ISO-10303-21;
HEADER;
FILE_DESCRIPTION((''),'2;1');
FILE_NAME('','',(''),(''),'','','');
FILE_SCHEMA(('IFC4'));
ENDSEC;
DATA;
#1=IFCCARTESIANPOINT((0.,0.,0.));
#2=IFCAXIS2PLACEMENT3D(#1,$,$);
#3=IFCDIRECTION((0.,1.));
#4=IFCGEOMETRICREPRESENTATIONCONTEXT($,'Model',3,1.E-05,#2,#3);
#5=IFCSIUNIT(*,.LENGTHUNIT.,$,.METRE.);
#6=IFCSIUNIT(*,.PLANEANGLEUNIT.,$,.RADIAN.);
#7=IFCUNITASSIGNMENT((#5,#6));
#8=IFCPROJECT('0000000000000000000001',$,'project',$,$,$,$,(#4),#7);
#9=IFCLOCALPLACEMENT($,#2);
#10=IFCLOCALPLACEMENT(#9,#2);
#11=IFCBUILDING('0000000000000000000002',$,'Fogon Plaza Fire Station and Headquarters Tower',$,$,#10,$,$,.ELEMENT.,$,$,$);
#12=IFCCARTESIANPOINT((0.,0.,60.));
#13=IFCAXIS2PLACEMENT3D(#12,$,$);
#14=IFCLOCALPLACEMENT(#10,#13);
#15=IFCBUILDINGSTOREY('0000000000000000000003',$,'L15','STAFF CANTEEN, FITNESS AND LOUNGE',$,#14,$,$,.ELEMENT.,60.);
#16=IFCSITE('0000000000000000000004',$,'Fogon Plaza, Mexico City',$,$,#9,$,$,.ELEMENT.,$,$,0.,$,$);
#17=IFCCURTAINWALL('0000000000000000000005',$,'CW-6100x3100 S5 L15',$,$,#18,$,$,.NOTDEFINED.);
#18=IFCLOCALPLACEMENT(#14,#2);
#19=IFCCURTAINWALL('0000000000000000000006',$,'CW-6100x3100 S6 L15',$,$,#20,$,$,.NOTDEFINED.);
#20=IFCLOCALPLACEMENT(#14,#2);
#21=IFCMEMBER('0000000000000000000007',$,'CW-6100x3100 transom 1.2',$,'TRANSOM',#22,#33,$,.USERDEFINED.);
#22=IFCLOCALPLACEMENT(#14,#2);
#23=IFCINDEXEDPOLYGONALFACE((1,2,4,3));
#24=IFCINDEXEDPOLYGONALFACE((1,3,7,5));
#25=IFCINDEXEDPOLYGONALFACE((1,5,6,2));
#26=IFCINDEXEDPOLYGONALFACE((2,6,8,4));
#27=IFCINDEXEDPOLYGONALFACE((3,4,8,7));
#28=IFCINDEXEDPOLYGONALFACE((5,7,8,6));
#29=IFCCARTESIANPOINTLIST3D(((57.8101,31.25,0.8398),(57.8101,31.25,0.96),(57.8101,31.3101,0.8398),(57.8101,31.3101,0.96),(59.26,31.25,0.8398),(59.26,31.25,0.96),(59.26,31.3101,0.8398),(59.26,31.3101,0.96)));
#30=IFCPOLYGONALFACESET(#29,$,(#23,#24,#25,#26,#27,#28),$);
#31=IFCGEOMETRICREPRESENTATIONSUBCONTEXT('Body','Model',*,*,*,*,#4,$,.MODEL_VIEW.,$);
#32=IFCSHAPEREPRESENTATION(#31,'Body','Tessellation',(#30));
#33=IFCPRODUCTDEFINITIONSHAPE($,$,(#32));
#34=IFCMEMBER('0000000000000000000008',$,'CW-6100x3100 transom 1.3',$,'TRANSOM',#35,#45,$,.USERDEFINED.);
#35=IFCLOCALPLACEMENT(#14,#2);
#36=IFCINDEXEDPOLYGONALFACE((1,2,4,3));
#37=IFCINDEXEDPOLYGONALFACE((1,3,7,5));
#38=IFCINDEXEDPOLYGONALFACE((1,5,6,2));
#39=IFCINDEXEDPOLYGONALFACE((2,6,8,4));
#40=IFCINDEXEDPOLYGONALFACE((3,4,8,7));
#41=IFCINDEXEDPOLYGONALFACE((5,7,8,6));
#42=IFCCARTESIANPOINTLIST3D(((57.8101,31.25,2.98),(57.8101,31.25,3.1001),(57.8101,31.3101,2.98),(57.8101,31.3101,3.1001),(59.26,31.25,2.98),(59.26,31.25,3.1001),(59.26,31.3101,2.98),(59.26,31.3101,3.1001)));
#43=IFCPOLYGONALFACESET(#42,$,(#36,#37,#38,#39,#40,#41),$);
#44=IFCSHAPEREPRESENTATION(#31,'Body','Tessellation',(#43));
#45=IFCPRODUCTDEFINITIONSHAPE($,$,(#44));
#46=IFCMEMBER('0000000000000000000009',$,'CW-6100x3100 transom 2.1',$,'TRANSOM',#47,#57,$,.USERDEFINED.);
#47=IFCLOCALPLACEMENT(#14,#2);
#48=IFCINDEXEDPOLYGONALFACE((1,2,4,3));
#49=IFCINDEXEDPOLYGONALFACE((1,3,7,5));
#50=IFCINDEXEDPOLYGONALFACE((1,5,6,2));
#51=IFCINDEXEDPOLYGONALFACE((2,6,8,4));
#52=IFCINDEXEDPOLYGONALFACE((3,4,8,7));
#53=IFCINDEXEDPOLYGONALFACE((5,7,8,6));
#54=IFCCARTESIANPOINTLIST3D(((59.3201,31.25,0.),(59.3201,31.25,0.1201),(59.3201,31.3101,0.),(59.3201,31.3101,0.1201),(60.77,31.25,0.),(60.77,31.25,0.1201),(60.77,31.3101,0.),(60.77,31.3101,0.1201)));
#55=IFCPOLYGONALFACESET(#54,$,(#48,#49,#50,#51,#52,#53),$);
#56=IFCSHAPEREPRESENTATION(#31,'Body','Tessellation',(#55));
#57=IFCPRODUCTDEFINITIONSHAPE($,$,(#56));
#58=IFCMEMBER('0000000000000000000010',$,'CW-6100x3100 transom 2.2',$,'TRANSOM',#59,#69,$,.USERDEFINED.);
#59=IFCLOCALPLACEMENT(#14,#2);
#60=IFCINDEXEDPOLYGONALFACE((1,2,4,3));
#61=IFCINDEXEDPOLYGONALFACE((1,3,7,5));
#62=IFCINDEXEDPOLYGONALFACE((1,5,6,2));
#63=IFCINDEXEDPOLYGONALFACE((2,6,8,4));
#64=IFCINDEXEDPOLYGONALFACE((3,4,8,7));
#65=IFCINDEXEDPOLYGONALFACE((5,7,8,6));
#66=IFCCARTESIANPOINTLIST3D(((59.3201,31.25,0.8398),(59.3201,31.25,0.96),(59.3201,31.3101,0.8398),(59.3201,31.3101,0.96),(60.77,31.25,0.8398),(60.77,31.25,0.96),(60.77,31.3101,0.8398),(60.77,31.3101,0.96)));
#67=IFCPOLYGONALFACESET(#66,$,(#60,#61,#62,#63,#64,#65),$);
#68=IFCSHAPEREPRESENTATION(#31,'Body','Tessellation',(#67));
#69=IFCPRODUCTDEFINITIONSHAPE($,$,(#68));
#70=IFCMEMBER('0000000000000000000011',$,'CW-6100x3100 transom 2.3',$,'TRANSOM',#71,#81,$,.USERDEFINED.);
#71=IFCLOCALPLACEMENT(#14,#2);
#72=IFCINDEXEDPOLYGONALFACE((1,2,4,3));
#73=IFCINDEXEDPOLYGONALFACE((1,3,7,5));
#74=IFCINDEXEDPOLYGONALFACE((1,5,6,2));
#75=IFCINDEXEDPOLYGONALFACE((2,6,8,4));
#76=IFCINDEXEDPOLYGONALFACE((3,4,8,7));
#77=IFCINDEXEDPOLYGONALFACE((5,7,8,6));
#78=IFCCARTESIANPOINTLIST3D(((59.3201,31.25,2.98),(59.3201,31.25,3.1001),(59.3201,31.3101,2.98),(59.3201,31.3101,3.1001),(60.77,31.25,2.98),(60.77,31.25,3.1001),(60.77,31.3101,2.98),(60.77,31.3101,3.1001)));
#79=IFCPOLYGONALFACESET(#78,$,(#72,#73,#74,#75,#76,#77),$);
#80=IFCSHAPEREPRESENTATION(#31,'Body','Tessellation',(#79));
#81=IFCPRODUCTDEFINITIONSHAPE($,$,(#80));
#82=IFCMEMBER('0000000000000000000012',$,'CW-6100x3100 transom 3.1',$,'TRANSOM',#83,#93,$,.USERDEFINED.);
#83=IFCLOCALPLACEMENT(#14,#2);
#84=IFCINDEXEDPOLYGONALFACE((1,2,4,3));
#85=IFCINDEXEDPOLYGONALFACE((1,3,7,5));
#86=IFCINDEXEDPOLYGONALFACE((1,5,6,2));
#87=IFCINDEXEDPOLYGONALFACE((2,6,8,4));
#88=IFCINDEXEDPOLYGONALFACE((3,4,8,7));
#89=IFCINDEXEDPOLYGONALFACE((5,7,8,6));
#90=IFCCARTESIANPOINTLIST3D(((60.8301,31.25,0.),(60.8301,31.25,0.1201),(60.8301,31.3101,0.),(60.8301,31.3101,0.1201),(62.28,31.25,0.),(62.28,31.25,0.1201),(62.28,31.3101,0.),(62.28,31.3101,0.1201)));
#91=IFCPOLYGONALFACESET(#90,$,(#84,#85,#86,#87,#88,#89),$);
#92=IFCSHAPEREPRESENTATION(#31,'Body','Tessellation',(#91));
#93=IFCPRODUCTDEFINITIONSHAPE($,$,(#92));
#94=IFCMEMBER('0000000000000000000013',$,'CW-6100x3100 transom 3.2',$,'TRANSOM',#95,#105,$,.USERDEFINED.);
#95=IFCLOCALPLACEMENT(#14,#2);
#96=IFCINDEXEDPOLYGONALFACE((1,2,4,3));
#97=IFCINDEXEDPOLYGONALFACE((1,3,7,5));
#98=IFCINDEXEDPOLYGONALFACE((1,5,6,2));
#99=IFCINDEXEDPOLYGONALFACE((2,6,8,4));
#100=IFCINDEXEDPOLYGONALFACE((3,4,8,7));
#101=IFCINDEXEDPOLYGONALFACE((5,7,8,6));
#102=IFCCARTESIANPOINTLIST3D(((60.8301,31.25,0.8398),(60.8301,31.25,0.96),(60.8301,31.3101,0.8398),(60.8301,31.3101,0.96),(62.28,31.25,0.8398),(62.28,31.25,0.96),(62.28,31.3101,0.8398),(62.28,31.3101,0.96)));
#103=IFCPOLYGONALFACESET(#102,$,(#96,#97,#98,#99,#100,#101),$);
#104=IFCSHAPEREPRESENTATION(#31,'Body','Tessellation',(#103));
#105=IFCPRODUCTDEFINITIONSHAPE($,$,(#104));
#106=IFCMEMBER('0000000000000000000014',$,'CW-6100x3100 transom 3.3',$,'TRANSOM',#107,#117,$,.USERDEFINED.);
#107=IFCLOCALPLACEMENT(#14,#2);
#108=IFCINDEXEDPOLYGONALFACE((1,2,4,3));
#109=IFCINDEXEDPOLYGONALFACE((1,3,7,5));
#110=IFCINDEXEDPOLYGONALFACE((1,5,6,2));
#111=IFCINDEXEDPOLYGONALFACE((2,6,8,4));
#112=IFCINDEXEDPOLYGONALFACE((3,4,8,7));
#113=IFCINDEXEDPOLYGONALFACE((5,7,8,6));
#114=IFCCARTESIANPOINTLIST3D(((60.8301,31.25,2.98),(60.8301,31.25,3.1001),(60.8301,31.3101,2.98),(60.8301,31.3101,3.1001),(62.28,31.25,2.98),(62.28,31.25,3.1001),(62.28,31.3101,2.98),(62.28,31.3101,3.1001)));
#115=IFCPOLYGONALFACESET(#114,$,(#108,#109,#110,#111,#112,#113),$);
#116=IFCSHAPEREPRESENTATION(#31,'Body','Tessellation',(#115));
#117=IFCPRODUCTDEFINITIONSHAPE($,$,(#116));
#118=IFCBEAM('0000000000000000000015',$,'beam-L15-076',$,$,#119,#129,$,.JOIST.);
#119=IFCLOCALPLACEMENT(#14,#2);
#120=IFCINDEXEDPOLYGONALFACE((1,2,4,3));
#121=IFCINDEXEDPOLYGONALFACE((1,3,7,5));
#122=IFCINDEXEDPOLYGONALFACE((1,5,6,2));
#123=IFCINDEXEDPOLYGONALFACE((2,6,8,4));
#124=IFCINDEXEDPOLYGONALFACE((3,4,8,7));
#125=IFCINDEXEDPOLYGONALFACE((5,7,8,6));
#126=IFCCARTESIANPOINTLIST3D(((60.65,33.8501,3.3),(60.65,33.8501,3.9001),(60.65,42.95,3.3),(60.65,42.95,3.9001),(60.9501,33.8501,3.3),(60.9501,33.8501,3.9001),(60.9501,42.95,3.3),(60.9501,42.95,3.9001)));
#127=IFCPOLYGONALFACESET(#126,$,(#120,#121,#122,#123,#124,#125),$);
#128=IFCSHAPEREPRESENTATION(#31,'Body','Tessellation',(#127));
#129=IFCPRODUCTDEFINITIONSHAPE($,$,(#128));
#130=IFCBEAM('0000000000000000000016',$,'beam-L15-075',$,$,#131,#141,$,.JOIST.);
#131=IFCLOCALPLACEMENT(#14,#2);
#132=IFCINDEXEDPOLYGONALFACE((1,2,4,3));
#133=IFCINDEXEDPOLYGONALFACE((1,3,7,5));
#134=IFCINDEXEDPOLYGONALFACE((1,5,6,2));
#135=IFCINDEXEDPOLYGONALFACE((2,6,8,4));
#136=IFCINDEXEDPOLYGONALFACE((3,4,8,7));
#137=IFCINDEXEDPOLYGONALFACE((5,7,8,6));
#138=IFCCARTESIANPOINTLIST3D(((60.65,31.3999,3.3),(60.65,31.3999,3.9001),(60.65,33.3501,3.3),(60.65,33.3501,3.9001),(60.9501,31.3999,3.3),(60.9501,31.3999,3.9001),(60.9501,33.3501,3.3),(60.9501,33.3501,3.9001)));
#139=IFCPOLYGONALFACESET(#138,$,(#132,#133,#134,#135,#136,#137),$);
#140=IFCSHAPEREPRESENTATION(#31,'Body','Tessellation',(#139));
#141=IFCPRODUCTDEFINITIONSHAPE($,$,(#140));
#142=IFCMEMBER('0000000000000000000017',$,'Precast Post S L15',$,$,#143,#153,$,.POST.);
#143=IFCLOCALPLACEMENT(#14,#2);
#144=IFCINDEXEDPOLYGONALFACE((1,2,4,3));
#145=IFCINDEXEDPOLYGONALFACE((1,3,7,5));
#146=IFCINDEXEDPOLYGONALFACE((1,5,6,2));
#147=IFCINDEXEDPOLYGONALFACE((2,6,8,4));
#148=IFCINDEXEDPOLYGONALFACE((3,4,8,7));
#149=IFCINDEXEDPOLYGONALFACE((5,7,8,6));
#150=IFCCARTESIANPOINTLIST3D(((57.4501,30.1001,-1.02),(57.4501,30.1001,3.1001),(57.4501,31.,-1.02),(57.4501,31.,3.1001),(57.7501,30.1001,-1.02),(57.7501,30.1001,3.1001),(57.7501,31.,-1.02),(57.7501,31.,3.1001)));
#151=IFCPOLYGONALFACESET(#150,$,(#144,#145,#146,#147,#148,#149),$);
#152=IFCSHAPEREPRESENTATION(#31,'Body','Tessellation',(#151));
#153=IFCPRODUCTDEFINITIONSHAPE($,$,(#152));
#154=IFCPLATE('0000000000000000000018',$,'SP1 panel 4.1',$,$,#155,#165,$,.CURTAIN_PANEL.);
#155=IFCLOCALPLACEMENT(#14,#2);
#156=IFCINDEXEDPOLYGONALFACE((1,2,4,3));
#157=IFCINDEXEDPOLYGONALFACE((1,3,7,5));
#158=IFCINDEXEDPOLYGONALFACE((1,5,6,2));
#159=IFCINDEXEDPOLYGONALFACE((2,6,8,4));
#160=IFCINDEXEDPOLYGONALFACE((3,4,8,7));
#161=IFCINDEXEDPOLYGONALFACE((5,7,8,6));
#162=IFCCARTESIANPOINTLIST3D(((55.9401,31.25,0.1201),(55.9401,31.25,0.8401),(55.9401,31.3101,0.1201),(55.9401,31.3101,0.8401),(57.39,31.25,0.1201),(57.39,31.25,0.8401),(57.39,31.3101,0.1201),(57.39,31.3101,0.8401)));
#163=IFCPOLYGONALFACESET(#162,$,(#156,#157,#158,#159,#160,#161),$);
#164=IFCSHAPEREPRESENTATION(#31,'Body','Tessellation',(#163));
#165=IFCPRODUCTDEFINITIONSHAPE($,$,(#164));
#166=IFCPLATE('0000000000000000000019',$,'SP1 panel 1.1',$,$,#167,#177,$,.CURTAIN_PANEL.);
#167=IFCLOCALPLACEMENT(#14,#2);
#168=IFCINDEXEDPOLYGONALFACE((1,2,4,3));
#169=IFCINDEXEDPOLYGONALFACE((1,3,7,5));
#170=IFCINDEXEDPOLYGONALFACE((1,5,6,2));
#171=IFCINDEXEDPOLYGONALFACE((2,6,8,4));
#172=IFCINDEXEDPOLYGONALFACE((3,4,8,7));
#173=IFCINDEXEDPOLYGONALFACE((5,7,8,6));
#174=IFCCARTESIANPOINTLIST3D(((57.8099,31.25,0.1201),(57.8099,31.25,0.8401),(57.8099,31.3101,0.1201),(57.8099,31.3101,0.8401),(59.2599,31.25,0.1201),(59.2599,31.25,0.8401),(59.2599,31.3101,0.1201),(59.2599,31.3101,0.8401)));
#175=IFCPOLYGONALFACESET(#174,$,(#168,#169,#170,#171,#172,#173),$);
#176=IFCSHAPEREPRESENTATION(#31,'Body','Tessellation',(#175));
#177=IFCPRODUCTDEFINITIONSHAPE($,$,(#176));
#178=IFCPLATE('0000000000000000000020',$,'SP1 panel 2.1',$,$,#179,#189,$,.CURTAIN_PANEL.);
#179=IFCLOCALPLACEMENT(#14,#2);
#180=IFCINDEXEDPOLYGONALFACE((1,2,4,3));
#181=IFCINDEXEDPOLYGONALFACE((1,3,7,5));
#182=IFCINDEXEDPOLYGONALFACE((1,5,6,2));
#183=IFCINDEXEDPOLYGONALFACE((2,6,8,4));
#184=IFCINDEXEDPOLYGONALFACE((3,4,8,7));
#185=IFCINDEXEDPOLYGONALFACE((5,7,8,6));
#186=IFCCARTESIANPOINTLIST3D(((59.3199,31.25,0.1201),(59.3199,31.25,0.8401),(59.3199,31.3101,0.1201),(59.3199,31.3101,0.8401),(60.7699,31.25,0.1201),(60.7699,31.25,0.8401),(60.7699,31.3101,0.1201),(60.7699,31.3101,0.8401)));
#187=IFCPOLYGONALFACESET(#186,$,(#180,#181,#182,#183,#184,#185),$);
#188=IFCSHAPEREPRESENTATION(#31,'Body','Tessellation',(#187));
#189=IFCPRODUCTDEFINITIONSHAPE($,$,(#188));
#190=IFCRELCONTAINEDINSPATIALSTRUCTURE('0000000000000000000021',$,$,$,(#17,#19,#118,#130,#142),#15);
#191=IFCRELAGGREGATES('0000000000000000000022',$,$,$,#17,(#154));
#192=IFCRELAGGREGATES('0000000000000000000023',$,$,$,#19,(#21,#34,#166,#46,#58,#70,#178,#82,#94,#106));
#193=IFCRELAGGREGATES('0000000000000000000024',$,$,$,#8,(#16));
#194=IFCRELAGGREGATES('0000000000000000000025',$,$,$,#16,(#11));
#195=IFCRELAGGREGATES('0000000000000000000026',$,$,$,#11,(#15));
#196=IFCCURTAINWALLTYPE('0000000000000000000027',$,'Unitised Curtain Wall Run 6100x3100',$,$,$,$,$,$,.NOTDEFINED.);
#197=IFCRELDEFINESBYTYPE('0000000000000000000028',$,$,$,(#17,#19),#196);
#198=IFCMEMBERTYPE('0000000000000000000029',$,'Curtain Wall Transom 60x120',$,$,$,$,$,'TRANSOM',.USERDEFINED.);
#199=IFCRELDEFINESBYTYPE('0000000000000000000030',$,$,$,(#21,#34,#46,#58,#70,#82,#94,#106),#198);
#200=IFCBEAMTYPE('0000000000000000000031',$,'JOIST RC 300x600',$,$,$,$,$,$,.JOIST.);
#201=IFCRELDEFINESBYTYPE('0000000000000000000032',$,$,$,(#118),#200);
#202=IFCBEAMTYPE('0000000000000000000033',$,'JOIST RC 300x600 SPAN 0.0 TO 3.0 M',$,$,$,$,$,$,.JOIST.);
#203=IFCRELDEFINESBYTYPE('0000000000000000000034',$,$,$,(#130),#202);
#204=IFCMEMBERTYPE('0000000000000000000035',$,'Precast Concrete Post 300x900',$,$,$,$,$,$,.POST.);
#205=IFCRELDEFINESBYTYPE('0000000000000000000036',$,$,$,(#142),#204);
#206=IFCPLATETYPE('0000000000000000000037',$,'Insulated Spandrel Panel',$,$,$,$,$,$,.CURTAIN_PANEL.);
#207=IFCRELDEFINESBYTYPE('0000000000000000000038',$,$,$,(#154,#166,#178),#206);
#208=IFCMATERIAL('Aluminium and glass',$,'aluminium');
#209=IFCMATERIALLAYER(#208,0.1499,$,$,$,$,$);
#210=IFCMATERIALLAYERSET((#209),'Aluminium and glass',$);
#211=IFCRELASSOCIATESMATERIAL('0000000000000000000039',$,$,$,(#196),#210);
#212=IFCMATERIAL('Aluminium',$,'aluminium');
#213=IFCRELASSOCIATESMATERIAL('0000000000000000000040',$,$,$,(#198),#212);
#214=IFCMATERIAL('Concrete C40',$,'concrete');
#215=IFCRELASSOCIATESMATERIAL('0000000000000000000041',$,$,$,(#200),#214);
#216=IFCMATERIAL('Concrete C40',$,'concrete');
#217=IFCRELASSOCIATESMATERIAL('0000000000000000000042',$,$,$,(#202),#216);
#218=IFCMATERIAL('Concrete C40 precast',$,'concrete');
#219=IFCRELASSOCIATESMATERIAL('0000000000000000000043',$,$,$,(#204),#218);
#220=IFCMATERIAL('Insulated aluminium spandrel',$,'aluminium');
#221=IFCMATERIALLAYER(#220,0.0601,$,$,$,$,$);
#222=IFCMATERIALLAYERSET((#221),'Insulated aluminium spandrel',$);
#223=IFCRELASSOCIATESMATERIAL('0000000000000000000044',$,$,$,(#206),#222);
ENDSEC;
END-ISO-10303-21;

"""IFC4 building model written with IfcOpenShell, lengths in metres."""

from ifc_helpers import new_model, si_unit, direction, frame, origin, origin_2d, place, context, subcontext, project, spatial, rectangle, extrude, material, layer, layer_set, material_profile, profile_set, type_object, element, aggregate, save


model = new_model("IFC4")

# Units and contexts
model_context = context("Model", 3, precision=1e-05, world=origin(), true_north=direction((0.0, 1.0)))
body_context = subcontext(model_context, "Body", "Model", "MODEL_VIEW")
ifc_project = project(units=[si_unit("LENGTHUNIT", "METRE"), si_unit("PLANEANGLEUNIT", "RADIAN")], contexts=[model_context])

# Site, building, storey
site_placement = place(None, origin())
site = spatial("IfcSite", under=ifc_project, at=site_placement, Name="Fogon Plaza, Mexico City", CompositionType="ELEMENT", RefElevation=0.0)
building_placement = place(site_placement, origin())
building = spatial("IfcBuilding", under=site, at=building_placement, Name="Fogon Plaza Fire Station and Headquarters Tower", CompositionType="ELEMENT")
storey_placement = place(building_placement, frame((0.0, 0.0, 60.0)))
storey = spatial("IfcBuildingStorey", under=building, at=storey_placement, Name="L15", Description="STAFF CANTEEN, FITNESS AND LOUNGE", CompositionType="ELEMENT", Elevation=60.0)

# Curtain wall
ifc_material_1 = material(Name="Aluminium and glass", Category="aluminium")
ifc_layer_1 = layer(ifc_material_1, 0.1499)
ifc_layer_set_1 = layer_set([ifc_layer_1], Name="Aluminium and glass")
curtain_wall_type = type_object("IfcCurtainWallType", Name="Unitised Curtain Wall Run 6100x3100", PredefinedType="NOTDEFINED", material=ifc_layer_set_1)
curtain_wall_1_placement = place(storey_placement, origin())
curtain_wall_1 = element("IfcCurtainWall", 1, at=curtain_wall_1_placement, inside=storey, type_object=curtain_wall_type, Name="CW-6100x3100 S5 L15", PredefinedType="NOTDEFINED")

# Curtain wall
curtain_wall_2_placement = place(storey_placement, origin())
curtain_wall_2 = element("IfcCurtainWall", 2, at=curtain_wall_2_placement, inside=storey, type_object=curtain_wall_type, Name="CW-6100x3100 S6 L15", PredefinedType="NOTDEFINED")

# Members
ifc_material_2 = material(Name="Aluminium", Category="aluminium")
ifc_material_profile_1 = material_profile(ifc_material_2, rectangle(XDim=0.0601, YDim=0.1201, at=origin_2d()), Name="Curtain Wall Transom 60x120")
ifc_profile_set_1 = profile_set([ifc_material_profile_1], Name="Aluminium")
member_type_1 = type_object("IfcMemberType", Name="Curtain Wall Transom 60x120", ElementType="TRANSOM", PredefinedType="USERDEFINED", material=ifc_profile_set_1)
member_1_placement = place(storey_placement, frame((57.8101, 31.28, 0.8999), z_axis=(1.0, 0.0, 0.0), x_axis=(0.0, 1.0, 0.0)))
member_1 = element("IfcMember", 3, at=member_1_placement, type_object=member_type_1, Name="CW-6100x3100 transom 1.2", ObjectType="TRANSOM", PredefinedType="USERDEFINED", context=body_context, shape_type="SweptSolid", body=[
    extrude(rectangle(XDim=0.0601, YDim=0.1201, at=origin_2d()), origin(), (0.0, 0.0, 1.0), 1.45),
])
member_2_placement = place(storey_placement, frame((57.8101, 31.28, 3.04), z_axis=(1.0, 0.0, 0.0), x_axis=(0.0, 1.0, 0.0)))
member_2 = element("IfcMember", 4, at=member_2_placement, type_object=member_type_1, Name="CW-6100x3100 transom 1.3", ObjectType="TRANSOM", PredefinedType="USERDEFINED", context=body_context, shape_type="SweptSolid", body=[
    extrude(rectangle(XDim=0.0601, YDim=0.1201, at=origin_2d()), origin(), (0.0, 0.0, 1.0), 1.45),
])
member_3_placement = place(storey_placement, frame((59.3201, 31.28, 0.0601), z_axis=(1.0, 0.0, 0.0), x_axis=(0.0, 1.0, 0.0)))
member_3 = element("IfcMember", 5, at=member_3_placement, type_object=member_type_1, Name="CW-6100x3100 transom 2.1", ObjectType="TRANSOM", PredefinedType="USERDEFINED", context=body_context, shape_type="SweptSolid", body=[
    extrude(rectangle(XDim=0.0601, YDim=0.1201, at=origin_2d()), origin(), (0.0, 0.0, 1.0), 1.45),
])
member_4_placement = place(storey_placement, frame((59.3201, 31.28, 0.8999), z_axis=(1.0, 0.0, 0.0), x_axis=(0.0, 1.0, 0.0)))
member_4 = element("IfcMember", 6, at=member_4_placement, type_object=member_type_1, Name="CW-6100x3100 transom 2.2", ObjectType="TRANSOM", PredefinedType="USERDEFINED", context=body_context, shape_type="SweptSolid", body=[
    extrude(rectangle(XDim=0.0601, YDim=0.1201, at=origin_2d()), origin(), (0.0, 0.0, 1.0), 1.45),
])
member_5_placement = place(storey_placement, frame((59.3201, 31.28, 3.04), z_axis=(1.0, 0.0, 0.0), x_axis=(0.0, 1.0, 0.0)))
member_5 = element("IfcMember", 7, at=member_5_placement, type_object=member_type_1, Name="CW-6100x3100 transom 2.3", ObjectType="TRANSOM", PredefinedType="USERDEFINED", context=body_context, shape_type="SweptSolid", body=[
    extrude(rectangle(XDim=0.0601, YDim=0.1201, at=origin_2d()), origin(), (0.0, 0.0, 1.0), 1.45),
])
member_6_placement = place(storey_placement, frame((60.8301, 31.28, 0.0601), z_axis=(1.0, 0.0, 0.0), x_axis=(0.0, 1.0, 0.0)))
member_6 = element("IfcMember", 8, at=member_6_placement, type_object=member_type_1, Name="CW-6100x3100 transom 3.1", ObjectType="TRANSOM", PredefinedType="USERDEFINED", context=body_context, shape_type="SweptSolid", body=[
    extrude(rectangle(XDim=0.0601, YDim=0.1201, at=origin_2d()), origin(), (0.0, 0.0, 1.0), 1.45),
])
member_7_placement = place(storey_placement, frame((60.8301, 31.28, 0.8999), z_axis=(1.0, 0.0, 0.0), x_axis=(0.0, 1.0, 0.0)))
member_7 = element("IfcMember", 9, at=member_7_placement, type_object=member_type_1, Name="CW-6100x3100 transom 3.2", ObjectType="TRANSOM", PredefinedType="USERDEFINED", context=body_context, shape_type="SweptSolid", body=[
    extrude(rectangle(XDim=0.0601, YDim=0.1201, at=origin_2d()), origin(), (0.0, 0.0, 1.0), 1.45),
])
member_8_placement = place(storey_placement, frame((60.8301, 31.28, 3.04), z_axis=(1.0, 0.0, 0.0), x_axis=(0.0, 1.0, 0.0)))
member_8 = element("IfcMember", 10, at=member_8_placement, type_object=member_type_1, Name="CW-6100x3100 transom 3.3", ObjectType="TRANSOM", PredefinedType="USERDEFINED", context=body_context, shape_type="SweptSolid", body=[
    extrude(rectangle(XDim=0.0601, YDim=0.1201, at=origin_2d()), origin(), (0.0, 0.0, 1.0), 1.45),
])

# Beams
ifc_material_3 = material(Name="Concrete C40", Category="concrete")
ifc_material_profile_2 = material_profile(ifc_material_3, rectangle(XDim=0.3, YDim=0.6001, at=origin_2d()), Name="RC 300x600")
ifc_profile_set_2 = profile_set([ifc_material_profile_2], Name="Concrete C40")
beam_type_1 = type_object("IfcBeamType", Name="JOIST RC 300x600", PredefinedType="JOIST", material=ifc_profile_set_2)
beam_1_placement = place(storey_placement, frame((60.8, 33.8501, 3.6001), z_axis=(0.0, 1.0, 0.0), x_axis=(-1.0, 0.0, 0.0)))
element("IfcBeam", 11, at=beam_1_placement, inside=storey, type_object=beam_type_1, Name="beam-L15-076", PredefinedType="JOIST", context=body_context, shape_type="SweptSolid", body=[
    extrude(rectangle(XDim=0.3, YDim=0.6001, at=origin_2d()), origin(), (0.0, 0.0, 1.0), 9.0999),
])
ifc_material_4 = material(Name="Concrete C40", Category="concrete")
ifc_material_profile_3 = material_profile(ifc_material_4, rectangle(XDim=0.3, YDim=0.6001, at=origin_2d()), Name="RC 300x600")
ifc_profile_set_3 = profile_set([ifc_material_profile_3], Name="Concrete C40")
beam_type_2 = type_object("IfcBeamType", Name="JOIST RC 300x600 SPAN 0.0 TO 3.0 M", PredefinedType="JOIST", material=ifc_profile_set_3)
beam_2_placement = place(storey_placement, frame((60.8, 31.3999, 3.6001), z_axis=(0.0, 1.0, 0.0), x_axis=(-1.0, 0.0, 0.0)))
element("IfcBeam", 12, at=beam_2_placement, inside=storey, type_object=beam_type_2, Name="beam-L15-075", PredefinedType="JOIST", context=body_context, shape_type="SweptSolid", body=[
    extrude(rectangle(XDim=0.3, YDim=0.6001, at=origin_2d()), origin(), (0.0, 0.0, 1.0), 1.9502),
])

# Member
ifc_material_5 = material(Name="Concrete C40 precast", Category="concrete")
ifc_material_profile_4 = material_profile(ifc_material_5, rectangle(XDim=0.3, YDim=0.8999, at=origin_2d()), Name="Precast Concrete Post 300x900")
ifc_profile_set_4 = profile_set([ifc_material_profile_4], Name="Concrete C40 precast")
member_type_2 = type_object("IfcMemberType", Name="Precast Concrete Post 300x900", PredefinedType="POST", material=ifc_profile_set_4)
member_9_placement = place(storey_placement, frame((57.6001, 30.55, -1.02), z_axis=(0.0, 0.0, 1.0), x_axis=(1.0, 0.0, 0.0)))
element("IfcMember", 13, at=member_9_placement, inside=storey, type_object=member_type_2, Name="Precast Post S L15", PredefinedType="POST", context=body_context, shape_type="SweptSolid", body=[
    extrude(rectangle(XDim=0.3, YDim=0.8999, at=origin_2d()), origin(), (0.0, 0.0, 1.0), 4.1201),
])

# Plates
ifc_material_6 = material(Name="Insulated aluminium spandrel", Category="aluminium")
ifc_layer_2 = layer(ifc_material_6, 0.0601)
ifc_layer_set_2 = layer_set([ifc_layer_2], Name="Insulated aluminium spandrel")
plate_type_1 = type_object("IfcPlateType", Name="Insulated Spandrel Panel", PredefinedType="CURTAIN_PANEL", material=ifc_layer_set_2)
plate_1_placement = place(storey_placement, frame((56.665, 31.28, 0.1201), z_axis=(0.0, 0.0, 1.0), x_axis=(1.0, 0.0, 0.0)))
plate_1 = element("IfcPlate", 14, at=plate_1_placement, type_object=plate_type_1, Name="SP1 panel 4.1", PredefinedType="CURTAIN_PANEL", context=body_context, shape_type="SweptSolid", body=[
    extrude(rectangle(XDim=1.45, YDim=0.0601, at=origin_2d()), origin(), (0.0, 0.0, 1.0), 0.72),
])
plate_2_placement = place(storey_placement, frame((58.5349, 31.28, 0.1201), z_axis=(0.0, 0.0, 1.0), x_axis=(1.0, 0.0, 0.0)))
plate_2 = element("IfcPlate", 15, at=plate_2_placement, type_object=plate_type_1, Name="SP1 panel 1.1", PredefinedType="CURTAIN_PANEL", context=body_context, shape_type="SweptSolid", body=[
    extrude(rectangle(XDim=1.45, YDim=0.0601, at=origin_2d()), origin(), (0.0, 0.0, 1.0), 0.72),
])
plate_3_placement = place(storey_placement, frame((60.0449, 31.28, 0.1201), z_axis=(0.0, 0.0, 1.0), x_axis=(1.0, 0.0, 0.0)))
plate_3 = element("IfcPlate", 16, at=plate_3_placement, type_object=plate_type_1, Name="SP1 panel 2.1", PredefinedType="CURTAIN_PANEL", context=body_context, shape_type="SweptSolid", body=[
    extrude(rectangle(XDim=1.45, YDim=0.0601, at=origin_2d()), origin(), (0.0, 0.0, 1.0), 0.72),
])
aggregate(curtain_wall_1, [plate_1])
aggregate(curtain_wall_2, [member_1, member_2, plate_2, member_3, member_4, member_5, plate_3, member_6, member_7, member_8])

save(model, "model.ifc")
